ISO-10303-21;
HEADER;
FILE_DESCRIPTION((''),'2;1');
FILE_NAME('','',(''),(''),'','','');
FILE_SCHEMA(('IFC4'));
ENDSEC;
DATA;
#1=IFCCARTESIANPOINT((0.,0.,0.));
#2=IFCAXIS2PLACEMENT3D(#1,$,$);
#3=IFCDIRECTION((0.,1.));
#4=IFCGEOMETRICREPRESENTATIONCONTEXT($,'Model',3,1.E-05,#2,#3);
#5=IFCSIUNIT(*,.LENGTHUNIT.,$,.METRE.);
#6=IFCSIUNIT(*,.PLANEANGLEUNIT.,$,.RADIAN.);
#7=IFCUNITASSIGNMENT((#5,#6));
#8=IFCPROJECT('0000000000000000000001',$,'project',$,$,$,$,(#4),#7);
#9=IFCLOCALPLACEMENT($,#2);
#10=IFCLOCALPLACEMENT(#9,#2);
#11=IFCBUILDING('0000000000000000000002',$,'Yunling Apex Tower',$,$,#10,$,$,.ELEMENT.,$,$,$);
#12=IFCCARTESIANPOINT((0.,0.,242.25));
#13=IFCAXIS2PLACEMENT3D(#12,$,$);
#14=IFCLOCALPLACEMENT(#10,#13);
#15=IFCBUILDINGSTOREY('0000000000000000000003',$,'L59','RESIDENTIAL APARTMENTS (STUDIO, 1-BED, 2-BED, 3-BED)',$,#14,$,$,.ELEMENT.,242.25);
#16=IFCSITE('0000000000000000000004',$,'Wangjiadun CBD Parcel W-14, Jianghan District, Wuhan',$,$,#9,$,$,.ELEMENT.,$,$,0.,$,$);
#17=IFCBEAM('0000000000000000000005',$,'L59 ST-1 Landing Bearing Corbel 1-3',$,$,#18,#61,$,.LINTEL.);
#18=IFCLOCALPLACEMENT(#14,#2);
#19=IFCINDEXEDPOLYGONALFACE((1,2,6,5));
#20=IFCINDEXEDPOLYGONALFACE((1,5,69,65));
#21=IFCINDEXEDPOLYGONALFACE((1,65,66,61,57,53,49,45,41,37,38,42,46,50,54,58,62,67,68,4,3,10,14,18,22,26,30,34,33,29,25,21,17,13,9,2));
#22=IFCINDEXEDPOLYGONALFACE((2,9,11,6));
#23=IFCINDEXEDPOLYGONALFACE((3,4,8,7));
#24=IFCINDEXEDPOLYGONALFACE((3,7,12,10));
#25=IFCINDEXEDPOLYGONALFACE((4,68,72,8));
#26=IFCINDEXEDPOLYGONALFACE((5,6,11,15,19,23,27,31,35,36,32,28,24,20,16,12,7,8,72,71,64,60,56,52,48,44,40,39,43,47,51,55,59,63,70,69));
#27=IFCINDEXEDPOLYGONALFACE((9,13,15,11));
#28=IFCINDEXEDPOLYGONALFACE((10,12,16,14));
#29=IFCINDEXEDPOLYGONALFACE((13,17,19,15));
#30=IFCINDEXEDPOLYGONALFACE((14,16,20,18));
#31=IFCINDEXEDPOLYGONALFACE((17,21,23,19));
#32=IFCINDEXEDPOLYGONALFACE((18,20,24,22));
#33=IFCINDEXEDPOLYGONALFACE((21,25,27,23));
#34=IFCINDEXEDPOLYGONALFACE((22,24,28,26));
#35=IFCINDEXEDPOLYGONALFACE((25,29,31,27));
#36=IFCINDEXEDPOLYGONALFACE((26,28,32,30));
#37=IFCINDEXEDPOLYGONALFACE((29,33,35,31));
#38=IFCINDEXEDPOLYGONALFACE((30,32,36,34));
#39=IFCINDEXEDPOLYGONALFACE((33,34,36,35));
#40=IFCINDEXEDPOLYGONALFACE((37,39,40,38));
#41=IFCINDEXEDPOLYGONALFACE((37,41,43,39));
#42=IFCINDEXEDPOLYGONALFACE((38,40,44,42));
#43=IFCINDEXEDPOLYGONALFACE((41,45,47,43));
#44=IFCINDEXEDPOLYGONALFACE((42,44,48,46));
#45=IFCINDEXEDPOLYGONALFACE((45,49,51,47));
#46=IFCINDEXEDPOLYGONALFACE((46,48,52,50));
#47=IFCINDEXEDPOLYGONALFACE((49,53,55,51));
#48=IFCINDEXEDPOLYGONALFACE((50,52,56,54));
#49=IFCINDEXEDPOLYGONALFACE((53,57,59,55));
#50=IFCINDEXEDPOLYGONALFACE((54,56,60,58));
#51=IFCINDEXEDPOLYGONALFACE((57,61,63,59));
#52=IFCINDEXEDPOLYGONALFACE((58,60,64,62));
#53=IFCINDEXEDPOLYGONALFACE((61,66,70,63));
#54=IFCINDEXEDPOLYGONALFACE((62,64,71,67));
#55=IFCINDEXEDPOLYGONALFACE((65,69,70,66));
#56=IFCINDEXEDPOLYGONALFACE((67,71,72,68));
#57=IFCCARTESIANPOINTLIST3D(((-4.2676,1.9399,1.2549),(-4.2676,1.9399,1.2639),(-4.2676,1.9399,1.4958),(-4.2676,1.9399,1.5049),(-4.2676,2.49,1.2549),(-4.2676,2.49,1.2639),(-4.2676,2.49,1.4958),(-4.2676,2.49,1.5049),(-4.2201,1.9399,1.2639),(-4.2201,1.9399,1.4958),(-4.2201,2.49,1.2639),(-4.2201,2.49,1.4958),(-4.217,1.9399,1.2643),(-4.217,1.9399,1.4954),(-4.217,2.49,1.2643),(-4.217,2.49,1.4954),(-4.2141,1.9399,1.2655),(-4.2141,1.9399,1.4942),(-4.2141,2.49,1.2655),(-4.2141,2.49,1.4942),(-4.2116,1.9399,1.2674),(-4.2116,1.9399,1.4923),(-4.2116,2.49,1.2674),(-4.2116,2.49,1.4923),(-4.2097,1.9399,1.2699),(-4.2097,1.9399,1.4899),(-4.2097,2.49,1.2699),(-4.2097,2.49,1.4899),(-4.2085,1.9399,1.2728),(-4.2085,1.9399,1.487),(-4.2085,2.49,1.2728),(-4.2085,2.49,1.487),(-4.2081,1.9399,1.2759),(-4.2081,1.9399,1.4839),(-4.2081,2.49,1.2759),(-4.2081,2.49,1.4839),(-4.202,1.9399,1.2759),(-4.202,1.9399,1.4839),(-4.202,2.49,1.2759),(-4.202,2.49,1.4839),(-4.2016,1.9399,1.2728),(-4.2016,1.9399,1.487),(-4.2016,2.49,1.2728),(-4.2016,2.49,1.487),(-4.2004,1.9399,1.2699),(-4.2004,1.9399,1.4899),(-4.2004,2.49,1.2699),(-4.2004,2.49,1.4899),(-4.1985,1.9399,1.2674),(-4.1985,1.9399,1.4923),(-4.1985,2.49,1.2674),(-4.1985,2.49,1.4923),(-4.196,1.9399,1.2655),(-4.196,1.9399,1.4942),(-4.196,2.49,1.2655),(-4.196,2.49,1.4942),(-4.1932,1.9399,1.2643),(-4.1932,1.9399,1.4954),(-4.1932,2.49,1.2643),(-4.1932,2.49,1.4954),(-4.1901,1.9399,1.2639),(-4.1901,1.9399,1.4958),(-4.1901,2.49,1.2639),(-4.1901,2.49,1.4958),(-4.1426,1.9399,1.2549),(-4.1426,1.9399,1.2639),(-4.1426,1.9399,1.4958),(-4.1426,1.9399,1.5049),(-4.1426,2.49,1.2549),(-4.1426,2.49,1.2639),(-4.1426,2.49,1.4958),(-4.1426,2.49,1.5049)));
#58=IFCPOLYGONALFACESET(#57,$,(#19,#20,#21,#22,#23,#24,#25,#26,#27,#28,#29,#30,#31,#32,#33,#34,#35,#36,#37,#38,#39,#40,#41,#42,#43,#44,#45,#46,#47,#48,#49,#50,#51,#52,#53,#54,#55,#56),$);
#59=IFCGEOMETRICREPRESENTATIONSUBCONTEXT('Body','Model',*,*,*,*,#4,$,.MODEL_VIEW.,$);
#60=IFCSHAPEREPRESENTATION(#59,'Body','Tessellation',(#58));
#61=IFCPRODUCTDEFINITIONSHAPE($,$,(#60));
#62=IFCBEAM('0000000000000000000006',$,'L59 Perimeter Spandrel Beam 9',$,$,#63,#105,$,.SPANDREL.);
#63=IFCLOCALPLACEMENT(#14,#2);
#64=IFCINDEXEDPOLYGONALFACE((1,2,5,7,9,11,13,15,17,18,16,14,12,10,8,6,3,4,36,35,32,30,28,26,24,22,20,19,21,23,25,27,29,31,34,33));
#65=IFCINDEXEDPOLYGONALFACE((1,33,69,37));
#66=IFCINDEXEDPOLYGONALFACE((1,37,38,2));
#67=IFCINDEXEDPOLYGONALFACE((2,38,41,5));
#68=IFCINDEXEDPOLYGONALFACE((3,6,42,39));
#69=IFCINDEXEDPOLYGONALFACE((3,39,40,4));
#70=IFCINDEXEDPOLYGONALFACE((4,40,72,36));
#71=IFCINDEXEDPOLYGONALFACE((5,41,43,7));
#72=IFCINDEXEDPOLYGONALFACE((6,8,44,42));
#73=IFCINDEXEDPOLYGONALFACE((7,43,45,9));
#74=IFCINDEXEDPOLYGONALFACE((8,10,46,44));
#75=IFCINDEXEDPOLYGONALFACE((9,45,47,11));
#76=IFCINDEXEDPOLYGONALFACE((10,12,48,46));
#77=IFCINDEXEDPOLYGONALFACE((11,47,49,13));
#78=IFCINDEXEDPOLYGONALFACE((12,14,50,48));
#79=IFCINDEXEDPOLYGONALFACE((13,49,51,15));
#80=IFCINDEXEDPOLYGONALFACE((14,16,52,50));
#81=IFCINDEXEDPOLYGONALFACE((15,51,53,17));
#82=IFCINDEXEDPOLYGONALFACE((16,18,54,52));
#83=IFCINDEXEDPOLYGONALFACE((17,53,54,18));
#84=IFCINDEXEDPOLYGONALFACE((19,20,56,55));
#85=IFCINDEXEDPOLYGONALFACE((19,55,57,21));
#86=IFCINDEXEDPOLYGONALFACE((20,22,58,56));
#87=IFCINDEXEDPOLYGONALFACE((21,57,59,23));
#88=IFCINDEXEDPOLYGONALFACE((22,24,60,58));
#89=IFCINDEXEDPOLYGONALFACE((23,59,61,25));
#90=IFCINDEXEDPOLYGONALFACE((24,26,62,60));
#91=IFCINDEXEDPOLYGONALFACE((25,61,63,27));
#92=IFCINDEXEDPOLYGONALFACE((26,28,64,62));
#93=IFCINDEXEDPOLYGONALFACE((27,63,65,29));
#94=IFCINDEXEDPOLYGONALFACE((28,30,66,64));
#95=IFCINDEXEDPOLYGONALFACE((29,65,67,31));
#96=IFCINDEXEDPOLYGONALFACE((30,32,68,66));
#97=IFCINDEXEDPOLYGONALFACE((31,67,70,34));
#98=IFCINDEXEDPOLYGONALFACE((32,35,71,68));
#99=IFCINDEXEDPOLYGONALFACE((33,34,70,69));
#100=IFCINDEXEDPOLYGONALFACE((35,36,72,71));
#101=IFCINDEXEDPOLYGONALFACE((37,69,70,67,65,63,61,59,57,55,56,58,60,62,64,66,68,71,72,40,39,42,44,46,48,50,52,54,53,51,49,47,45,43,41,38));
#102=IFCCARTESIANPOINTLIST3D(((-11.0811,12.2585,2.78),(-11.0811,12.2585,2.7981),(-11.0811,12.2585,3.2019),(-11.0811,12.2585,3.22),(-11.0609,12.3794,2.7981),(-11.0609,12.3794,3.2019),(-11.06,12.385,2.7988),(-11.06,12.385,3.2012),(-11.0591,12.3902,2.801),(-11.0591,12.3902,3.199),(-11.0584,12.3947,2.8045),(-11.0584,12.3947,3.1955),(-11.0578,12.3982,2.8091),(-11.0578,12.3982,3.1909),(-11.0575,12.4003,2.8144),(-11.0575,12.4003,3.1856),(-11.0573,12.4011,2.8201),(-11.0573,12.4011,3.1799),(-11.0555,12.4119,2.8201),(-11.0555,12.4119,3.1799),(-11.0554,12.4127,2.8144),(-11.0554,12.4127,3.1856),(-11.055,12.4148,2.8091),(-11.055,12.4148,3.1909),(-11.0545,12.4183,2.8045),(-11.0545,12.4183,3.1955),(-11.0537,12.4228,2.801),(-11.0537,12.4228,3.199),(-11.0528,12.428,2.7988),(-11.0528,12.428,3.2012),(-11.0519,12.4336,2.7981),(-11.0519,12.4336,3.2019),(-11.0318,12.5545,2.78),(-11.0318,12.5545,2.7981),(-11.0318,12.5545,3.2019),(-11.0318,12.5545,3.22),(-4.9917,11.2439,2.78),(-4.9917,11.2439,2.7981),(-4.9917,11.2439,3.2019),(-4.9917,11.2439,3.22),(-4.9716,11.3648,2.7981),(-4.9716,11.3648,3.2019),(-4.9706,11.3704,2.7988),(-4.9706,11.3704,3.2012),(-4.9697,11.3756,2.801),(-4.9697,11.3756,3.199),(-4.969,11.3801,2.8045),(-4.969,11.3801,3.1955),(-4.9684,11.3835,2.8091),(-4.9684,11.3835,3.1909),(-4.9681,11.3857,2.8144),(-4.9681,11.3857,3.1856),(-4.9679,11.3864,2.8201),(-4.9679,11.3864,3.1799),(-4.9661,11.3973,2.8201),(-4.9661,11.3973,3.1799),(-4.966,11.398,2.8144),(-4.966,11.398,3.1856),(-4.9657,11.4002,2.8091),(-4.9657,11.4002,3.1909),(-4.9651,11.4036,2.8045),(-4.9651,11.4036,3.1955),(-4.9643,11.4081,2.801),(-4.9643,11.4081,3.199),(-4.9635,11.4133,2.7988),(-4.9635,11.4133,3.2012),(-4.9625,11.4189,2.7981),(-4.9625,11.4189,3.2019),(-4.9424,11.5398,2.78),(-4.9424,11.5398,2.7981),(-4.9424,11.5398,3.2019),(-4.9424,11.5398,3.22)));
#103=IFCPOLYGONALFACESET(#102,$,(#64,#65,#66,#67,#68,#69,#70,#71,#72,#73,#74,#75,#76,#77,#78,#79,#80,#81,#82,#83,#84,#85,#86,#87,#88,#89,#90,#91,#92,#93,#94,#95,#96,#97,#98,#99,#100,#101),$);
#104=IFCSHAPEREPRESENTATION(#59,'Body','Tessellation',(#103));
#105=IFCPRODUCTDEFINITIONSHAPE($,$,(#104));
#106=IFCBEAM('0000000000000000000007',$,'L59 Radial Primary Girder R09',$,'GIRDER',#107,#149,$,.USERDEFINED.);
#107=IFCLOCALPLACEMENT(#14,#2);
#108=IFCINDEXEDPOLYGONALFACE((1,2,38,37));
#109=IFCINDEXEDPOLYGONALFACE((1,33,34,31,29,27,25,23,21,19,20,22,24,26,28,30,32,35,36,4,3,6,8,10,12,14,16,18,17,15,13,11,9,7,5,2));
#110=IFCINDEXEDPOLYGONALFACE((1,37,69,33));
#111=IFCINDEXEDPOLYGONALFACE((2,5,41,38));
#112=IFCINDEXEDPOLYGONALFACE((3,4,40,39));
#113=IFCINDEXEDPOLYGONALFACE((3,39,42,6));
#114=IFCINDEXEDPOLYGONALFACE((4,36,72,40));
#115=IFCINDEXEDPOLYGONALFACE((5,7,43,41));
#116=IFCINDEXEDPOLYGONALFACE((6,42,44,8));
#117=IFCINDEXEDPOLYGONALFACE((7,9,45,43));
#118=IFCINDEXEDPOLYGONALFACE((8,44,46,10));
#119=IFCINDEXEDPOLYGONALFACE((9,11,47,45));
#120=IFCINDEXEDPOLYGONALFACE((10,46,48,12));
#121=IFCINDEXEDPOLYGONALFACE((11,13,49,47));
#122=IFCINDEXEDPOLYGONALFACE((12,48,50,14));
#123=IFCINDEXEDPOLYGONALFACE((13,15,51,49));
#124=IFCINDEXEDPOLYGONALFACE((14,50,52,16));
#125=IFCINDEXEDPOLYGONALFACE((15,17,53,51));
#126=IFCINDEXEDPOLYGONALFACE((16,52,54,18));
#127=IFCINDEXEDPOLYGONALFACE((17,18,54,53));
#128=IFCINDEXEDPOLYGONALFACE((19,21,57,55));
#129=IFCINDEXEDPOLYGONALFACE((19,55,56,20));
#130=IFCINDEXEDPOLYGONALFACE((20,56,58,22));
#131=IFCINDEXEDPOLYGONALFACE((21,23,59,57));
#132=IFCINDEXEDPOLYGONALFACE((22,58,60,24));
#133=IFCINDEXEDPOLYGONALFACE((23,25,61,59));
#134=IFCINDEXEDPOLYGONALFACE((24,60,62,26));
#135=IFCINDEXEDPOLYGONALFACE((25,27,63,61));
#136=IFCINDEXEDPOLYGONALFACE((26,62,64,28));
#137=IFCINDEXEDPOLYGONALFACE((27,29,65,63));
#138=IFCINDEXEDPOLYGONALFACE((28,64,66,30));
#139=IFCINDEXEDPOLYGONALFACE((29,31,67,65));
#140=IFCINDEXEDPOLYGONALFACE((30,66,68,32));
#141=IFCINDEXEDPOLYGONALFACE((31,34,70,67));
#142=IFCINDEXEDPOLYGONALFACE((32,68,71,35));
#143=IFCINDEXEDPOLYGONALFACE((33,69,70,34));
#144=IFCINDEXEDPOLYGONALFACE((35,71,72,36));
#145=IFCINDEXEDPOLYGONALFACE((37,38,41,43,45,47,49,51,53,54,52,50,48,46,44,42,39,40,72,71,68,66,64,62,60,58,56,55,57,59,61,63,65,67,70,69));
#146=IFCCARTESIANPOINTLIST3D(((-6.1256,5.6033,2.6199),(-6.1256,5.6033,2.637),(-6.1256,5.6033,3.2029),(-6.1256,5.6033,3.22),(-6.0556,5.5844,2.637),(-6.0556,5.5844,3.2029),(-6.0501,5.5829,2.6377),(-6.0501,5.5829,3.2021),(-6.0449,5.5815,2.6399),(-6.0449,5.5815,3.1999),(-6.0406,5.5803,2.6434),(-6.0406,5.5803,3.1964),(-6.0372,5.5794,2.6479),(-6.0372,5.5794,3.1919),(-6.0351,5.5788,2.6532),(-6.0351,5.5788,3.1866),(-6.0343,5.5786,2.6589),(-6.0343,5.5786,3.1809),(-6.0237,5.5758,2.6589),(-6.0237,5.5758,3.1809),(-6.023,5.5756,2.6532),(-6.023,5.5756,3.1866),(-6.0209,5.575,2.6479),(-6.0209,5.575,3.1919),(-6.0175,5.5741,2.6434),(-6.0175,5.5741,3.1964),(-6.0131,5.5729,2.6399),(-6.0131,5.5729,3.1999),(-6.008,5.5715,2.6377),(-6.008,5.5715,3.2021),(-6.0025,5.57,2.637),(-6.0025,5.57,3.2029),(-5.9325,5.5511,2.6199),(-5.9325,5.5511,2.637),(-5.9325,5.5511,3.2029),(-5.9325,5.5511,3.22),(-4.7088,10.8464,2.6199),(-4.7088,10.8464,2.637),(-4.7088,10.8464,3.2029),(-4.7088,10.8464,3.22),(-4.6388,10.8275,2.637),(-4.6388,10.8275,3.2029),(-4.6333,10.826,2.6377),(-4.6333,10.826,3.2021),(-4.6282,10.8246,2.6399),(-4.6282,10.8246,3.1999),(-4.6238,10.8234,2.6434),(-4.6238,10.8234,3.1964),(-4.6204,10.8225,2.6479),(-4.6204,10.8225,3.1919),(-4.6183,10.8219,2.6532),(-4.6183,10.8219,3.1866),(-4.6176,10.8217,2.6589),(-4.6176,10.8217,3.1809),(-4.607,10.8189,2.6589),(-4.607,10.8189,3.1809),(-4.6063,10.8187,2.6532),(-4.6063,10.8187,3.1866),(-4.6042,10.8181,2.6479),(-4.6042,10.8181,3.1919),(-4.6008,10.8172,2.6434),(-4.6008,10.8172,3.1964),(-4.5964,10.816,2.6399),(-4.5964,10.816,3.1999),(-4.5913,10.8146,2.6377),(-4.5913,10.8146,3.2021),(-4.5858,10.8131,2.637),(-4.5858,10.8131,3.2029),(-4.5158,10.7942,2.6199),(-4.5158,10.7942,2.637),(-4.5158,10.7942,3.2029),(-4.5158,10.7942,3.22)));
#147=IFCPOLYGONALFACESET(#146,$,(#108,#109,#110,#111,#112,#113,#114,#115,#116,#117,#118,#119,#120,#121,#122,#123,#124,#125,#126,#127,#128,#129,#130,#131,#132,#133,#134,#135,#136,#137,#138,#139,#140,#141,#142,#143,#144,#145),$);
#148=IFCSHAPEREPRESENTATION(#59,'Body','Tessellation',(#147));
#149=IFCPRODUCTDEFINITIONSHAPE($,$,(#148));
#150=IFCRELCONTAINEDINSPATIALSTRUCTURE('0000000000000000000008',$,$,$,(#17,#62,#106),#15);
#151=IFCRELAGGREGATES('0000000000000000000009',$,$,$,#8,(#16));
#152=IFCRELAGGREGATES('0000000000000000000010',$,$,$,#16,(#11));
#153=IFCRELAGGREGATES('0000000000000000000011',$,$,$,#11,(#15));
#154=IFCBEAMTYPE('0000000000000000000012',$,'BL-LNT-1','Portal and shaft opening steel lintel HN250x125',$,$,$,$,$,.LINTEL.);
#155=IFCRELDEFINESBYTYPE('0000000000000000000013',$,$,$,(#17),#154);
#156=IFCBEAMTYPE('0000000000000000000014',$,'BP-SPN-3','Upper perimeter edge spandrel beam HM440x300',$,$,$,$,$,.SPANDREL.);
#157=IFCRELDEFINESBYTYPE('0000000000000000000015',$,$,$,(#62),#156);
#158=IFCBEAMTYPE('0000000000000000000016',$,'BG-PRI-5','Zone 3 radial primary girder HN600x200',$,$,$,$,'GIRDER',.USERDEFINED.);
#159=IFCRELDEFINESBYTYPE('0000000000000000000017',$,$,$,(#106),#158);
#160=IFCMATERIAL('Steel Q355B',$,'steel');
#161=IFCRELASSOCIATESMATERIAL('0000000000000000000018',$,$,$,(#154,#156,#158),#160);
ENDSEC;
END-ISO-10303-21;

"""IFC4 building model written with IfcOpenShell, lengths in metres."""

from ifc_helpers import new_model, si_unit, direction, frame, origin, origin_2d, place, context, subcontext, project, spatial, i_section, extrude, source, transform, mapped, material, material_profile, profile_set, type_object, element, save


model = new_model("IFC4")

# Units and contexts
model_context = context("Model", 3, precision=1e-05, world=origin(), true_north=direction((0.0, 1.0)))
body_context = subcontext(model_context, "Body", "Model", "MODEL_VIEW")
ifc_project = project(units=[si_unit("LENGTHUNIT", "METRE"), si_unit("PLANEANGLEUNIT", "RADIAN")], contexts=[model_context])

# Site, building, storey
site_placement = place(None, origin())
site = spatial("IfcSite", under=ifc_project, at=site_placement, Name="Wangjiadun CBD Parcel W-14, Jianghan District, Wuhan", CompositionType="ELEMENT", RefElevation=0.0)
building_placement = place(site_placement, origin())
building = spatial("IfcBuilding", under=site, at=building_placement, Name="Yunling Apex Tower", CompositionType="ELEMENT")
storey_placement = place(building_placement, frame((0.0, 0.0, 242.25)))
storey = spatial("IfcBuildingStorey", under=building, at=storey_placement, Name="L59", Description="RESIDENTIAL APARTMENTS (STUDIO, 1-BED, 2-BED, 3-BED)", CompositionType="ELEMENT", Elevation=242.25)

# Beams
ifc_material_1 = material(Name="Steel Q355B", Category="steel")
ifc_material_profile_1 = material_profile(ifc_material_1, i_section(OverallWidth=0.125, OverallDepth=0.25, WebThickness=0.0061, FlangeThickness=0.009, FilletRadius=0.012, at=origin_2d()))
ifc_profile_set_1 = profile_set([ifc_material_profile_1], Name="Steel Q355B")
beam_type_1 = type_object("IfcBeamType", Name="BL-LNT-1", Description="Portal and shaft opening steel lintel HN250x125", PredefinedType="LINTEL", material=ifc_profile_set_1)
shared_shape_1 = source(origin(), body_context, "Body", "SweptSolid", [
    extrude(i_section(OverallWidth=0.125, OverallDepth=0.25, WebThickness=0.0061, FlangeThickness=0.009, FilletRadius=0.012, at=origin_2d()), origin(), (0.0, 0.0, 1.0), 0.55),
])
beam_1_placement = place(storey_placement, frame((-4.2051, 1.9399, 1.3799), z_axis=(0.0, 1.0, 0.0), x_axis=(-1.0, 0.0, 0.0)))
element("IfcBeam", 1, at=beam_1_placement, inside=storey, type_object=beam_type_1, Name="L59 ST-1 Landing Bearing Corbel 1-3", PredefinedType="LINTEL", context=body_context, shape_type="MappedRepresentation", body=[
    mapped(shared_shape_1, transform((0.0, 0.0, 0.0), scale=1.0)),
])
ifc_material_profile_2 = material_profile(ifc_material_1, i_section(OverallWidth=0.3, OverallDepth=0.4399, WebThickness=0.011, FlangeThickness=0.0181, FilletRadius=0.022, at=origin_2d()))
ifc_profile_set_2 = profile_set([ifc_material_profile_2], Name="Steel Q355B")
beam_type_2 = type_object("IfcBeamType", Name="BP-SPN-3", Description="Upper perimeter edge spandrel beam HM440x300", PredefinedType="SPANDREL", material=ifc_profile_set_2)
shared_shape_2 = source(origin(), body_context, "Body", "SweptSolid", [
    extrude(i_section(OverallWidth=0.3, OverallDepth=0.4399, WebThickness=0.011, FlangeThickness=0.0181, FilletRadius=0.022, at=origin_2d()), origin(), (0.0, 0.0, 1.0), 6.1733),
])
beam_2_placement = place(storey_placement, frame((-4.967, 11.3918, 3.0), z_axis=(-0.9864, 0.164361, 0.0), x_axis=(-0.164361, -0.9864, 0.0)))
element("IfcBeam", 2, at=beam_2_placement, inside=storey, type_object=beam_type_2, Name="L59 Perimeter Spandrel Beam 9", PredefinedType="SPANDREL", context=body_context, shape_type="MappedRepresentation", body=[
    mapped(shared_shape_2, transform((0.0, 0.0, 0.0), scale=1.0)),
])
ifc_material_profile_3 = material_profile(ifc_material_1, i_section(OverallWidth=0.2, OverallDepth=0.6001, WebThickness=0.011, FlangeThickness=0.0171, FilletRadius=0.022, at=origin_2d()))
ifc_profile_set_3 = profile_set([ifc_material_profile_3], Name="Steel Q355B")
beam_type_3 = type_object("IfcBeamType", Name="BG-PRI-5", Description="Zone 3 radial primary girder HN600x200", ElementType="GIRDER", PredefinedType="USERDEFINED", material=ifc_profile_set_3)
shared_shape_3 = source(origin(), body_context, "Body", "SweptSolid", [
    extrude(i_section(OverallWidth=0.2, OverallDepth=0.6001, WebThickness=0.011, FlangeThickness=0.0171, FilletRadius=0.022, at=origin_2d()), origin(), (0.0, 0.0, 1.0), 5.4312),
])
beam_3_placement = place(storey_placement, frame((-4.6123, 10.8203, 2.9199), z_axis=(-0.260854, -0.965378, 0.0), x_axis=(0.965378, -0.260854, 0.0)))
element("IfcBeam", 3, at=beam_3_placement, inside=storey, type_object=beam_type_3, Name="L59 Radial Primary Girder R09", ObjectType="GIRDER", PredefinedType="USERDEFINED", context=body_context, shape_type="MappedRepresentation", body=[
    mapped(shared_shape_3, transform((0.0, 0.0, 0.0), scale=1.0)),
])

save(model, "model.ifc")
